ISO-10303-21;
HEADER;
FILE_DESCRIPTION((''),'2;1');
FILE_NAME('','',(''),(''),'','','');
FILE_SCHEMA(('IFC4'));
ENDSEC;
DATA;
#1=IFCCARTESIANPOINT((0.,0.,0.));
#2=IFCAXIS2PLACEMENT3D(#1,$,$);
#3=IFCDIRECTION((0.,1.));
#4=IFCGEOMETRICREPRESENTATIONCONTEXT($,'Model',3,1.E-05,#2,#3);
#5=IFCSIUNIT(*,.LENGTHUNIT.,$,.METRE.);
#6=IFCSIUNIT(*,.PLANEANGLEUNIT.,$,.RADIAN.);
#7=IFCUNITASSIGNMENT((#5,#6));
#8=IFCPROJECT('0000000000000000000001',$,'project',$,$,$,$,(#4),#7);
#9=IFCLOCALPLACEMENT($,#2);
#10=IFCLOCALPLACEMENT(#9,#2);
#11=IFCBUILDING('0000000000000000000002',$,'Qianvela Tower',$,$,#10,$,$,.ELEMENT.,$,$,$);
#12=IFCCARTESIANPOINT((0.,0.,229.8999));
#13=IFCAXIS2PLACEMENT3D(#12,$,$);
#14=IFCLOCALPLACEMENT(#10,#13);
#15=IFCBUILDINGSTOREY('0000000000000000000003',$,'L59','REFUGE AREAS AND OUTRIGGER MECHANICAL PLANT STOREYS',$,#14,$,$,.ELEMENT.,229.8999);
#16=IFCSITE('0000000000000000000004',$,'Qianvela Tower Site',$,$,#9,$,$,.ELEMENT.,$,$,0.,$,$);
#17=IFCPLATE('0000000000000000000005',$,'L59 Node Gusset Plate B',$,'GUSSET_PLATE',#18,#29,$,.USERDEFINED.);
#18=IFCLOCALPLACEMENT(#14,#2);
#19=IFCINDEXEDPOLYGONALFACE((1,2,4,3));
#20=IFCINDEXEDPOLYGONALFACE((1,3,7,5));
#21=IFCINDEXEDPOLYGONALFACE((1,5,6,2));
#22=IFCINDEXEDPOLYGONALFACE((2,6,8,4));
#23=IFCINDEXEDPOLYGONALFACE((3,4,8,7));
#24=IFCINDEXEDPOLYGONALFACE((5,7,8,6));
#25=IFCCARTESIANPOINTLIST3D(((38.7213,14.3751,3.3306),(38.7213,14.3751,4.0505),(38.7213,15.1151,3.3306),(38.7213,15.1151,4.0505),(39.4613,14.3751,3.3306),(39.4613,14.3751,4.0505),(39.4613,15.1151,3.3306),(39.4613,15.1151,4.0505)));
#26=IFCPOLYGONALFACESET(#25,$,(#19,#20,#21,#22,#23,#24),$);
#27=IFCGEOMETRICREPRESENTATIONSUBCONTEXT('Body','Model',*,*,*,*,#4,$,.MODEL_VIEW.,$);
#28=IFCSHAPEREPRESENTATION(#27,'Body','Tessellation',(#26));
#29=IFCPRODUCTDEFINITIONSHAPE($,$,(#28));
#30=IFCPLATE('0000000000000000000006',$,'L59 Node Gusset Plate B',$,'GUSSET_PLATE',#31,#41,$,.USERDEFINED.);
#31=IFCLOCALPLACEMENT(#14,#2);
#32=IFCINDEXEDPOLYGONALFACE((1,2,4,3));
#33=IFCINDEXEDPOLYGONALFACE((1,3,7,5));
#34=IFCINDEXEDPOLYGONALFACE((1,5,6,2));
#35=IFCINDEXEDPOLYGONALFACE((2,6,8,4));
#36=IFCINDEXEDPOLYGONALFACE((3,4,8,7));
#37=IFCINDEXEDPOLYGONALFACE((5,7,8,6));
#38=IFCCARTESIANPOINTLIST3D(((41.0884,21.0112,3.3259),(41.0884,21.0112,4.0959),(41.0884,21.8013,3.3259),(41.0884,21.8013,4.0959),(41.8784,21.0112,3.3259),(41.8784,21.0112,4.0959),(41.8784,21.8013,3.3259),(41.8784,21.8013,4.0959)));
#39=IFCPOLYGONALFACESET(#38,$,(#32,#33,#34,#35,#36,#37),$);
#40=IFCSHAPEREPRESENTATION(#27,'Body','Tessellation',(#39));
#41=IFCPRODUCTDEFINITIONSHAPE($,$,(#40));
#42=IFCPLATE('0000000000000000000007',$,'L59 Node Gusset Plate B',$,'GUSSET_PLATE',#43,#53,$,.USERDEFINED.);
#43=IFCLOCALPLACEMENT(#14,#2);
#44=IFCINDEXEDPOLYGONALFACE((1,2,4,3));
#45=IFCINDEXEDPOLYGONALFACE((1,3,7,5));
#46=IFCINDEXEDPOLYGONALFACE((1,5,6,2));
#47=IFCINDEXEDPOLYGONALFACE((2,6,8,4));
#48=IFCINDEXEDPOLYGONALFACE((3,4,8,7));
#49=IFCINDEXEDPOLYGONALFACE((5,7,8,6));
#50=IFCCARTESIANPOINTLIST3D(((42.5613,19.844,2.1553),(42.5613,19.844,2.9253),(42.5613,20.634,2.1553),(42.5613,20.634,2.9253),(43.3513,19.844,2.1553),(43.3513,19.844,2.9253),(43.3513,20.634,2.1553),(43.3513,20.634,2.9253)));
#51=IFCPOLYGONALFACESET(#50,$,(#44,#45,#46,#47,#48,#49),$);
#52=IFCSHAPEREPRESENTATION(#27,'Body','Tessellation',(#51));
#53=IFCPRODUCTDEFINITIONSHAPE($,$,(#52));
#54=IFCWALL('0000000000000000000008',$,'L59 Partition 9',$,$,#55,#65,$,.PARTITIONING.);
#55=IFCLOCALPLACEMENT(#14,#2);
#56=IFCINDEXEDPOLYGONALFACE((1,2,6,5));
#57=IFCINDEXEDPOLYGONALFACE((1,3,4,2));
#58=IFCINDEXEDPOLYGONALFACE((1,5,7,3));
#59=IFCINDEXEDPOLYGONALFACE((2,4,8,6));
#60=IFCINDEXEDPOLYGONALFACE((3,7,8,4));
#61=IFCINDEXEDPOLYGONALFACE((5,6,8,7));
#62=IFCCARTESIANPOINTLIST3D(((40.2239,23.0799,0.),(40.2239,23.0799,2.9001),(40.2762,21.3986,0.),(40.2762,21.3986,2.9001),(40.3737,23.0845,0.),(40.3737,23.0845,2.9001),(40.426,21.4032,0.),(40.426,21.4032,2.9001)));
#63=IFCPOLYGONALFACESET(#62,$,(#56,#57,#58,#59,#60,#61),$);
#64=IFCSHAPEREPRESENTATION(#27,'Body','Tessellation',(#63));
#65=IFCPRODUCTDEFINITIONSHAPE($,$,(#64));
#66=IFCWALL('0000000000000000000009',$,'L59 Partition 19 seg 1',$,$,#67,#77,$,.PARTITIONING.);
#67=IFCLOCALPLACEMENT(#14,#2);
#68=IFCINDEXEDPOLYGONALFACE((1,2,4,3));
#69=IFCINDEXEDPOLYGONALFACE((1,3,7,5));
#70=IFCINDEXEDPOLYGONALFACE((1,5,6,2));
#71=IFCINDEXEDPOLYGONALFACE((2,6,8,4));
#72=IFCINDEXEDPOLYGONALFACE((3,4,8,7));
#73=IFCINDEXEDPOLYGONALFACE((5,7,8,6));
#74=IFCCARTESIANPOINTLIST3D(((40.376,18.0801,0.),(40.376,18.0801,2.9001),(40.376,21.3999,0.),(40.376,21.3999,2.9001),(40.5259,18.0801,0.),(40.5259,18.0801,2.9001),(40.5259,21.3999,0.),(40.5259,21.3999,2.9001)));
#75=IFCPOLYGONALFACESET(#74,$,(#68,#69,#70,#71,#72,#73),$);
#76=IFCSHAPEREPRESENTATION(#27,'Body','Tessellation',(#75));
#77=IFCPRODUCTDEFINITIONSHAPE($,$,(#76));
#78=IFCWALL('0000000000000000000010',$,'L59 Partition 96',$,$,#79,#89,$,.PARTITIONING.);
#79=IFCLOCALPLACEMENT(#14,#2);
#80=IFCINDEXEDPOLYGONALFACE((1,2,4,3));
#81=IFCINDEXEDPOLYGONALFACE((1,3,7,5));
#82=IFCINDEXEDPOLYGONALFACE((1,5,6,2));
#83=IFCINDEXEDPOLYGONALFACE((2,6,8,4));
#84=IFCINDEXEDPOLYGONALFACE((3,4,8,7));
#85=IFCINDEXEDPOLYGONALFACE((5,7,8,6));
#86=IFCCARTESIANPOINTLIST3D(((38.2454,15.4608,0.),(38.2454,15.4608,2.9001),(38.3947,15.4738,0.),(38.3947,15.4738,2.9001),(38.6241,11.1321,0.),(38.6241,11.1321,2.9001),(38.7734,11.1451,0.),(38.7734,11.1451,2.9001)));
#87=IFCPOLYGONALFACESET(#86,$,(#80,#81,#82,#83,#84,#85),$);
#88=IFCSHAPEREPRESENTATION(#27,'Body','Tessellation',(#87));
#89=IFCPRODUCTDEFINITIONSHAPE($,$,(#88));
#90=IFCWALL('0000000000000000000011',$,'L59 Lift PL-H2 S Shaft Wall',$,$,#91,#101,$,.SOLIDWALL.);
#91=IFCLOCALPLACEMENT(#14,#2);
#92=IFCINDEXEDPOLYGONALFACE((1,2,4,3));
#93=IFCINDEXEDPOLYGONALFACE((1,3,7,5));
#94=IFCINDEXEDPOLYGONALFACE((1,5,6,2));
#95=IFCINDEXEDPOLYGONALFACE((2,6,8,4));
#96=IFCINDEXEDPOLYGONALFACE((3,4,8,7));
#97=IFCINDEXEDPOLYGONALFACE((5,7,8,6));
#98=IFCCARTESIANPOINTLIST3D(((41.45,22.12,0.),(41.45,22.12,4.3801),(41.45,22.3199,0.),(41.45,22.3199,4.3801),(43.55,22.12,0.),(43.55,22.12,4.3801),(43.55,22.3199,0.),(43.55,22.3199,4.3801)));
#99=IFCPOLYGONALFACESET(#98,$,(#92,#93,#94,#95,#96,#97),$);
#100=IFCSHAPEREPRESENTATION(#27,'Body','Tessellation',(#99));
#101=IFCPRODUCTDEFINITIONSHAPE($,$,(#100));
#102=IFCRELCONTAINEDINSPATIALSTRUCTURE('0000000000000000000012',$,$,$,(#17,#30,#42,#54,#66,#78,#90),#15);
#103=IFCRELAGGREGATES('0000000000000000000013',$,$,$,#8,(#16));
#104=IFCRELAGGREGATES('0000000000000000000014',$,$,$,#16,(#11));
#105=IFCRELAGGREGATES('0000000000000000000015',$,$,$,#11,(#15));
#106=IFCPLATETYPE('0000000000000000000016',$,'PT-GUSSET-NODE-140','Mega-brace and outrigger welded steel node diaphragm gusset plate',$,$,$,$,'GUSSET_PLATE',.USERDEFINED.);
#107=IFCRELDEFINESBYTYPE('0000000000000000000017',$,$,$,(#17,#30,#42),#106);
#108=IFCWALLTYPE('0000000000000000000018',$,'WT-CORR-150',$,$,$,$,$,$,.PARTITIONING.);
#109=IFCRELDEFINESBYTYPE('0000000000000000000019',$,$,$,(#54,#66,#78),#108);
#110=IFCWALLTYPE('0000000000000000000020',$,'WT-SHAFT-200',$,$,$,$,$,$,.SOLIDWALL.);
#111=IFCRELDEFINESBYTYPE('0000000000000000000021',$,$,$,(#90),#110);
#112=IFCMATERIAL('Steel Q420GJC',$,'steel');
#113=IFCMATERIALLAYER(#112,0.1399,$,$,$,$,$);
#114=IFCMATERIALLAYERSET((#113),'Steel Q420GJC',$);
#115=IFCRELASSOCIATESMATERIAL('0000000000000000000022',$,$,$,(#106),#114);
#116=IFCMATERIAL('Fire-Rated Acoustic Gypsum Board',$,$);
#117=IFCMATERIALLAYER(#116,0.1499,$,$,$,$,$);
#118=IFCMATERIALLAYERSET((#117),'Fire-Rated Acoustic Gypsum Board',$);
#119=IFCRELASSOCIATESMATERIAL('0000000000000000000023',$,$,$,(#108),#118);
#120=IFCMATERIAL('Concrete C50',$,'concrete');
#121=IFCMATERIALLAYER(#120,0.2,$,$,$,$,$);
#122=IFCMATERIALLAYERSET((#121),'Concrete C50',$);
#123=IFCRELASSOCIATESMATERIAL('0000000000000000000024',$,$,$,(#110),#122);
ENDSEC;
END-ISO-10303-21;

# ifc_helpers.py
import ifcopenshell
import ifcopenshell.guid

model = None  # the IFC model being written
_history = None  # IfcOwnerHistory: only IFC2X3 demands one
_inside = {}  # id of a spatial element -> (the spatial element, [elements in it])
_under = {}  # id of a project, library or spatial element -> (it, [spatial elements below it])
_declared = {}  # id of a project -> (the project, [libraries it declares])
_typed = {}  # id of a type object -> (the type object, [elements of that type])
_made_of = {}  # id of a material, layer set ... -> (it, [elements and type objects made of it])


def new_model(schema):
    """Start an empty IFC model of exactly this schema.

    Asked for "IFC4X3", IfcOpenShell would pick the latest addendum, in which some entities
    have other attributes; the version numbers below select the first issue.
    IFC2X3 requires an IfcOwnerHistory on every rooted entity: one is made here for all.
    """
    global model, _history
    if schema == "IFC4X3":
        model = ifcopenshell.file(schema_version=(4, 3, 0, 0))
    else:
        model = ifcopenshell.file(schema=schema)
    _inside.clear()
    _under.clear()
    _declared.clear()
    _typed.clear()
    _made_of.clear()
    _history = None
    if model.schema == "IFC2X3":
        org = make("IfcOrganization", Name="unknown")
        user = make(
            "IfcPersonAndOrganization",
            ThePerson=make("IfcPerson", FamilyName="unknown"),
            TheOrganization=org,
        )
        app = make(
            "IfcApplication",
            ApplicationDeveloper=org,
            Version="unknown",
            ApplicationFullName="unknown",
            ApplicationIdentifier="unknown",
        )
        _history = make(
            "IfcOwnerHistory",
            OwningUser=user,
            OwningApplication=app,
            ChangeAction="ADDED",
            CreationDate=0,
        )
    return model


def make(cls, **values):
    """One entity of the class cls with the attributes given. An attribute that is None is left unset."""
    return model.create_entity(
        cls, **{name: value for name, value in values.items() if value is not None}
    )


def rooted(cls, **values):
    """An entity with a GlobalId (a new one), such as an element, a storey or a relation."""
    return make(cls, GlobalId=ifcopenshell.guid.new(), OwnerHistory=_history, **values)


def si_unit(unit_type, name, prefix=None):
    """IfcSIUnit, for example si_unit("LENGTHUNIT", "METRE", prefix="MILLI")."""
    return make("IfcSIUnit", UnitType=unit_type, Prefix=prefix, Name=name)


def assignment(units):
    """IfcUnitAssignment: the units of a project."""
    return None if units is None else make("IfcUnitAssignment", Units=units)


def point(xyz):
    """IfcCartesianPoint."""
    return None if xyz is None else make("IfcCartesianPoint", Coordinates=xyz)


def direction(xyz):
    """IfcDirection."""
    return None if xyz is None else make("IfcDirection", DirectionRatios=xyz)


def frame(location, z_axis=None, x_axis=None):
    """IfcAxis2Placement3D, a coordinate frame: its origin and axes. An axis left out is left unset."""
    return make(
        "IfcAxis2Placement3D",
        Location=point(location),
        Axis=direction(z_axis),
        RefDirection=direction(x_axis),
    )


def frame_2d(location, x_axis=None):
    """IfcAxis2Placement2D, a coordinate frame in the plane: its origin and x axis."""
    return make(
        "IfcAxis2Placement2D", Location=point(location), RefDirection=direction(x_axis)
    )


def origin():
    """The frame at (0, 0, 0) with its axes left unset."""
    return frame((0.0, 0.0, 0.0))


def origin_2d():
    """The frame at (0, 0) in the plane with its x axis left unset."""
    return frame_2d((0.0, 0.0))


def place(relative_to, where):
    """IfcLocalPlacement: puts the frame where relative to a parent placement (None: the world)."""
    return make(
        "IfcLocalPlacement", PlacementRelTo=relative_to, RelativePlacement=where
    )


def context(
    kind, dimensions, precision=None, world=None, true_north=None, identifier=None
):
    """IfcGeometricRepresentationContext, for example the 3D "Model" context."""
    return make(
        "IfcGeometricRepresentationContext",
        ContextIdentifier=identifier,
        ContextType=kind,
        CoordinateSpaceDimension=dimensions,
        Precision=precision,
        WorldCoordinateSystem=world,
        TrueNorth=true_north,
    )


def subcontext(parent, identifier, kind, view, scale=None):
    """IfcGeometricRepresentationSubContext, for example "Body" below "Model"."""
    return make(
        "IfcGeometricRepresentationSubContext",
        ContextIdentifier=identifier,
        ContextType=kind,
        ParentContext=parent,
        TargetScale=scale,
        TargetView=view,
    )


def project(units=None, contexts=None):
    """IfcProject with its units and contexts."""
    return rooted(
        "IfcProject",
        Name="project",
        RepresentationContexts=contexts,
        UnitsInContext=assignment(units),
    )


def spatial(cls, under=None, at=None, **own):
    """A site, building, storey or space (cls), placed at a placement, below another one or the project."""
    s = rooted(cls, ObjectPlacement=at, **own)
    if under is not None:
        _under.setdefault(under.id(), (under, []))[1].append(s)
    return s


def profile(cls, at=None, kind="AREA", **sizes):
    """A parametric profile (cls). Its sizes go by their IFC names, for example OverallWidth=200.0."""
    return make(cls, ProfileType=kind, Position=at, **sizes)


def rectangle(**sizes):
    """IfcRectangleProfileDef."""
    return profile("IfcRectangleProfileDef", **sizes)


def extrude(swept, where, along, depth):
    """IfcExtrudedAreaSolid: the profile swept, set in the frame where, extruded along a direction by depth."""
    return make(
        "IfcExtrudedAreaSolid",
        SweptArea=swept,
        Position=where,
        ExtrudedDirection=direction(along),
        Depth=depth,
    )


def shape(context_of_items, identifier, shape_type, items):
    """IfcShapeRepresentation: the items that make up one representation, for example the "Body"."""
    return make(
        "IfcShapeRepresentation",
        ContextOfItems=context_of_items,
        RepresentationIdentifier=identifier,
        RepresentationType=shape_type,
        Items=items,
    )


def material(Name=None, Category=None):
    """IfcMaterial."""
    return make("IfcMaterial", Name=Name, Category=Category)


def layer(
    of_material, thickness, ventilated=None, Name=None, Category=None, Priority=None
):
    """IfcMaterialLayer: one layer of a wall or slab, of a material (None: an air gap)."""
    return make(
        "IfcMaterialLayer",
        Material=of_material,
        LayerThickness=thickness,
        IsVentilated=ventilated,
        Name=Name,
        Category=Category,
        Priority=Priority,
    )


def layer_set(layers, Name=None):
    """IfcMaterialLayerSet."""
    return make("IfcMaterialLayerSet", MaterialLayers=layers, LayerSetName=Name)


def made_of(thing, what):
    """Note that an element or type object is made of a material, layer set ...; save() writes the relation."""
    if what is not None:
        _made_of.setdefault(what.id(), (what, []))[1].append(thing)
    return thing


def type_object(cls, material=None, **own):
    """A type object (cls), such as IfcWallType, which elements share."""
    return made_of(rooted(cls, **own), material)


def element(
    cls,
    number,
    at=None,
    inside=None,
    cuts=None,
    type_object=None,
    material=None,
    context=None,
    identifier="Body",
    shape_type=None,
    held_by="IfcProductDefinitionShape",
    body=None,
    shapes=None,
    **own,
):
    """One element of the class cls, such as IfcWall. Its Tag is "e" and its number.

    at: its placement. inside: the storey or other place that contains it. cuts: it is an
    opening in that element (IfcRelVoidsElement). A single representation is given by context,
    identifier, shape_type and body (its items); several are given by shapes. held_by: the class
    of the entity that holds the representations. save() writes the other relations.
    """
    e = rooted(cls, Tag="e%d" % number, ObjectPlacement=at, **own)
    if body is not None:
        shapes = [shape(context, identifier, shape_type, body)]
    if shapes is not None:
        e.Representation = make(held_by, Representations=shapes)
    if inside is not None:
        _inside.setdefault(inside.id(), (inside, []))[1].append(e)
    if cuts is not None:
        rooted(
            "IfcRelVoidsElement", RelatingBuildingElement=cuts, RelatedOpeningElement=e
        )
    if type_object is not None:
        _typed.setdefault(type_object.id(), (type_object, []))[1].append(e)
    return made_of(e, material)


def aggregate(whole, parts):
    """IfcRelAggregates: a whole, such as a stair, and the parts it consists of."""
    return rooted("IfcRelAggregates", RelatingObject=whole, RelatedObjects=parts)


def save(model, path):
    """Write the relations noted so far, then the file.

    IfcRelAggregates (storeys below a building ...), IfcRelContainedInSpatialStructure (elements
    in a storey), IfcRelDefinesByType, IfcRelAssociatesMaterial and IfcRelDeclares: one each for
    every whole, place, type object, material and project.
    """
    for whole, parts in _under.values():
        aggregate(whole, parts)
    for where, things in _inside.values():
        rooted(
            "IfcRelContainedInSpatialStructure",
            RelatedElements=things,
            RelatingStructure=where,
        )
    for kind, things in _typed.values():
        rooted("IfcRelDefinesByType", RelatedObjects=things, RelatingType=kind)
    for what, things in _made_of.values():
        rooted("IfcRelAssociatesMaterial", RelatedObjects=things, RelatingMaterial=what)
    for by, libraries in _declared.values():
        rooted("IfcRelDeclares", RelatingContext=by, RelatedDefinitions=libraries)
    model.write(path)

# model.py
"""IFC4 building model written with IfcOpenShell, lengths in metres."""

from ifc_helpers import new_model, si_unit, direction, frame, frame_2d, origin, origin_2d, place, context, subcontext, project, spatial, rectangle, extrude, material, layer, layer_set, type_object, element, save


model = new_model("IFC4")

# Units and contexts
model_context = context("Model", 3, precision=1e-05, world=origin(), true_north=direction((0.0, 1.0)))
body_context = subcontext(model_context, "Body", "Model", "MODEL_VIEW")
ifc_project = project(units=[si_unit("LENGTHUNIT", "METRE"), si_unit("PLANEANGLEUNIT", "RADIAN")], contexts=[model_context])

# Site, building, storey
site_placement = place(None, origin())
site = spatial("IfcSite", under=ifc_project, at=site_placement, Name="Qianvela Tower Site", CompositionType="ELEMENT", RefElevation=0.0)
building_placement = place(site_placement, origin())
building = spatial("IfcBuilding", under=site, at=building_placement, Name="Qianvela Tower", CompositionType="ELEMENT")
storey_placement = place(building_placement, frame((0.0, 0.0, 229.8999)))
storey = spatial("IfcBuildingStorey", under=building, at=storey_placement, Name="L59", Description="REFUGE AREAS AND OUTRIGGER MECHANICAL PLANT STOREYS", CompositionType="ELEMENT", Elevation=229.8999)

# Plates
ifc_material_1 = material(Name="Steel Q420GJC", Category="steel")
ifc_layer_1 = layer(ifc_material_1, 0.1399)
ifc_layer_set_1 = layer_set([ifc_layer_1], Name="Steel Q420GJC")
plate_type_1 = type_object("IfcPlateType", Name="PT-GUSSET-NODE-140", Description="Mega-brace and outrigger welded steel node diaphragm gusset plate", ElementType="GUSSET_PLATE", PredefinedType="USERDEFINED", material=ifc_layer_set_1)
plate_1_placement = place(storey_placement, frame((39.0913, 14.7451, 3.3306), z_axis=(0.0, 0.0, 1.0), x_axis=(1.0, 0.0, 0.0)))
element("IfcPlate", 1, at=plate_1_placement, inside=storey, type_object=plate_type_1, Name="L59 Node Gusset Plate B", ObjectType="GUSSET_PLATE", PredefinedType="USERDEFINED", context=body_context, shape_type="SweptSolid", body=[
    extrude(rectangle(XDim=0.74, YDim=0.74, at=origin_2d()), origin(), (0.0, 0.0, 1.0), 0.72),
])
for number, where, z_axis, x_axis, name in (
    (2, (41.4834, 21.4062, 3.3259), (0.0, 0.0, 1.0), (1.0, 0.0, 0.0), "L59 Node Gusset Plate B"),
    (3, (42.9563, 20.239, 2.1553), (0.0, 0.0, 1.0), (1.0, 0.0, 0.0), "L59 Node Gusset Plate B"),
):
    element("IfcPlate", number, at=place(storey_placement, frame(where, z_axis=z_axis, x_axis=x_axis)), inside=storey, type_object=plate_type_1, Name=name, ObjectType="GUSSET_PLATE", PredefinedType="USERDEFINED", context=body_context, shape_type="SweptSolid", body=[
        extrude(rectangle(XDim=0.79, YDim=0.79, at=origin_2d()), origin(), (0.0, 0.0, 1.0), 0.77),
    ])

# Walls
ifc_material_2 = material(Name="Fire-Rated Acoustic Gypsum Board")
ifc_layer_2 = layer(ifc_material_2, 0.1499)
ifc_layer_set_2 = layer_set([ifc_layer_2], Name="Fire-Rated Acoustic Gypsum Board")
wall_type_1 = type_object("IfcWallType", Name="WT-CORR-150", PredefinedType="PARTITIONING", material=ifc_layer_set_2)
wall_1_placement = place(storey_placement, frame((40.3511, 21.4009, 0.0), z_axis=(0.0, 0.0, 1.0), x_axis=(-0.031058, 0.999518, 0.0)))
element("IfcWall", 4, at=wall_1_placement, inside=storey, type_object=wall_type_1, Name="L59 Partition 9", PredefinedType="PARTITIONING", context=body_context, shape_type="SweptSolid", body=[
    extrude(rectangle(XDim=1.6821, YDim=0.1499, at=frame_2d((0.8411, 0.0))), origin(), (0.0, 0.0, 1.0), 2.9001),
])
wall_2_placement = place(storey_placement, frame((40.4509, 18.0801, 0.0), z_axis=(0.0, 0.0, 1.0), x_axis=(0.0, 1.0, 0.0)))
element("IfcWall", 5, at=wall_2_placement, inside=storey, type_object=wall_type_1, Name="L59 Partition 19 seg 1", PredefinedType="PARTITIONING", context=body_context, shape_type="SweptSolid", body=[
    extrude(rectangle(XDim=3.3198, YDim=0.1499, at=frame_2d((1.6599, 0.0))), origin(), (0.0, 0.0, 1.0), 2.9001),
])
wall_3_placement = place(storey_placement, frame((38.3201, 15.4673, 0.0), z_axis=(0.0, 0.0, 1.0), x_axis=(0.087146, -0.996196, 0.0)))
element("IfcWall", 6, at=wall_3_placement, inside=storey, type_object=wall_type_1, Name="L59 Partition 96", PredefinedType="PARTITIONING", context=body_context, shape_type="SweptSolid", body=[
    extrude(rectangle(XDim=4.3452, YDim=0.1499, at=frame_2d((2.1726, 0.0))), origin(), (0.0, 0.0, 1.0), 2.9001),
])

# Shared definitions
ifc_material_3 = material(Name="Concrete C50", Category="concrete")
ifc_layer_3 = layer(ifc_material_3, 0.2)
ifc_layer_set_3 = layer_set([ifc_layer_3], Name="Concrete C50")
wall_type_2 = type_object("IfcWallType", Name="WT-SHAFT-200", PredefinedType="SOLIDWALL", material=ifc_layer_set_3)

# Wall
wall_4_placement = place(storey_placement, frame((41.45, 22.22, 0.0), z_axis=(0.0, 0.0, 1.0), x_axis=(1.0, 0.0, 0.0)))
element("IfcWall", 7, at=wall_4_placement, inside=storey, type_object=wall_type_2, Name="L59 Lift PL-H2 S Shaft Wall", PredefinedType="SOLIDWALL", context=body_context, shape_type="SweptSolid", body=[
    extrude(rectangle(XDim=2.1001, YDim=0.2, at=frame_2d((1.05, 0.0))), origin(), (0.0, 0.0, 1.0), 4.3801),
])

save(model, "model.ifc")
